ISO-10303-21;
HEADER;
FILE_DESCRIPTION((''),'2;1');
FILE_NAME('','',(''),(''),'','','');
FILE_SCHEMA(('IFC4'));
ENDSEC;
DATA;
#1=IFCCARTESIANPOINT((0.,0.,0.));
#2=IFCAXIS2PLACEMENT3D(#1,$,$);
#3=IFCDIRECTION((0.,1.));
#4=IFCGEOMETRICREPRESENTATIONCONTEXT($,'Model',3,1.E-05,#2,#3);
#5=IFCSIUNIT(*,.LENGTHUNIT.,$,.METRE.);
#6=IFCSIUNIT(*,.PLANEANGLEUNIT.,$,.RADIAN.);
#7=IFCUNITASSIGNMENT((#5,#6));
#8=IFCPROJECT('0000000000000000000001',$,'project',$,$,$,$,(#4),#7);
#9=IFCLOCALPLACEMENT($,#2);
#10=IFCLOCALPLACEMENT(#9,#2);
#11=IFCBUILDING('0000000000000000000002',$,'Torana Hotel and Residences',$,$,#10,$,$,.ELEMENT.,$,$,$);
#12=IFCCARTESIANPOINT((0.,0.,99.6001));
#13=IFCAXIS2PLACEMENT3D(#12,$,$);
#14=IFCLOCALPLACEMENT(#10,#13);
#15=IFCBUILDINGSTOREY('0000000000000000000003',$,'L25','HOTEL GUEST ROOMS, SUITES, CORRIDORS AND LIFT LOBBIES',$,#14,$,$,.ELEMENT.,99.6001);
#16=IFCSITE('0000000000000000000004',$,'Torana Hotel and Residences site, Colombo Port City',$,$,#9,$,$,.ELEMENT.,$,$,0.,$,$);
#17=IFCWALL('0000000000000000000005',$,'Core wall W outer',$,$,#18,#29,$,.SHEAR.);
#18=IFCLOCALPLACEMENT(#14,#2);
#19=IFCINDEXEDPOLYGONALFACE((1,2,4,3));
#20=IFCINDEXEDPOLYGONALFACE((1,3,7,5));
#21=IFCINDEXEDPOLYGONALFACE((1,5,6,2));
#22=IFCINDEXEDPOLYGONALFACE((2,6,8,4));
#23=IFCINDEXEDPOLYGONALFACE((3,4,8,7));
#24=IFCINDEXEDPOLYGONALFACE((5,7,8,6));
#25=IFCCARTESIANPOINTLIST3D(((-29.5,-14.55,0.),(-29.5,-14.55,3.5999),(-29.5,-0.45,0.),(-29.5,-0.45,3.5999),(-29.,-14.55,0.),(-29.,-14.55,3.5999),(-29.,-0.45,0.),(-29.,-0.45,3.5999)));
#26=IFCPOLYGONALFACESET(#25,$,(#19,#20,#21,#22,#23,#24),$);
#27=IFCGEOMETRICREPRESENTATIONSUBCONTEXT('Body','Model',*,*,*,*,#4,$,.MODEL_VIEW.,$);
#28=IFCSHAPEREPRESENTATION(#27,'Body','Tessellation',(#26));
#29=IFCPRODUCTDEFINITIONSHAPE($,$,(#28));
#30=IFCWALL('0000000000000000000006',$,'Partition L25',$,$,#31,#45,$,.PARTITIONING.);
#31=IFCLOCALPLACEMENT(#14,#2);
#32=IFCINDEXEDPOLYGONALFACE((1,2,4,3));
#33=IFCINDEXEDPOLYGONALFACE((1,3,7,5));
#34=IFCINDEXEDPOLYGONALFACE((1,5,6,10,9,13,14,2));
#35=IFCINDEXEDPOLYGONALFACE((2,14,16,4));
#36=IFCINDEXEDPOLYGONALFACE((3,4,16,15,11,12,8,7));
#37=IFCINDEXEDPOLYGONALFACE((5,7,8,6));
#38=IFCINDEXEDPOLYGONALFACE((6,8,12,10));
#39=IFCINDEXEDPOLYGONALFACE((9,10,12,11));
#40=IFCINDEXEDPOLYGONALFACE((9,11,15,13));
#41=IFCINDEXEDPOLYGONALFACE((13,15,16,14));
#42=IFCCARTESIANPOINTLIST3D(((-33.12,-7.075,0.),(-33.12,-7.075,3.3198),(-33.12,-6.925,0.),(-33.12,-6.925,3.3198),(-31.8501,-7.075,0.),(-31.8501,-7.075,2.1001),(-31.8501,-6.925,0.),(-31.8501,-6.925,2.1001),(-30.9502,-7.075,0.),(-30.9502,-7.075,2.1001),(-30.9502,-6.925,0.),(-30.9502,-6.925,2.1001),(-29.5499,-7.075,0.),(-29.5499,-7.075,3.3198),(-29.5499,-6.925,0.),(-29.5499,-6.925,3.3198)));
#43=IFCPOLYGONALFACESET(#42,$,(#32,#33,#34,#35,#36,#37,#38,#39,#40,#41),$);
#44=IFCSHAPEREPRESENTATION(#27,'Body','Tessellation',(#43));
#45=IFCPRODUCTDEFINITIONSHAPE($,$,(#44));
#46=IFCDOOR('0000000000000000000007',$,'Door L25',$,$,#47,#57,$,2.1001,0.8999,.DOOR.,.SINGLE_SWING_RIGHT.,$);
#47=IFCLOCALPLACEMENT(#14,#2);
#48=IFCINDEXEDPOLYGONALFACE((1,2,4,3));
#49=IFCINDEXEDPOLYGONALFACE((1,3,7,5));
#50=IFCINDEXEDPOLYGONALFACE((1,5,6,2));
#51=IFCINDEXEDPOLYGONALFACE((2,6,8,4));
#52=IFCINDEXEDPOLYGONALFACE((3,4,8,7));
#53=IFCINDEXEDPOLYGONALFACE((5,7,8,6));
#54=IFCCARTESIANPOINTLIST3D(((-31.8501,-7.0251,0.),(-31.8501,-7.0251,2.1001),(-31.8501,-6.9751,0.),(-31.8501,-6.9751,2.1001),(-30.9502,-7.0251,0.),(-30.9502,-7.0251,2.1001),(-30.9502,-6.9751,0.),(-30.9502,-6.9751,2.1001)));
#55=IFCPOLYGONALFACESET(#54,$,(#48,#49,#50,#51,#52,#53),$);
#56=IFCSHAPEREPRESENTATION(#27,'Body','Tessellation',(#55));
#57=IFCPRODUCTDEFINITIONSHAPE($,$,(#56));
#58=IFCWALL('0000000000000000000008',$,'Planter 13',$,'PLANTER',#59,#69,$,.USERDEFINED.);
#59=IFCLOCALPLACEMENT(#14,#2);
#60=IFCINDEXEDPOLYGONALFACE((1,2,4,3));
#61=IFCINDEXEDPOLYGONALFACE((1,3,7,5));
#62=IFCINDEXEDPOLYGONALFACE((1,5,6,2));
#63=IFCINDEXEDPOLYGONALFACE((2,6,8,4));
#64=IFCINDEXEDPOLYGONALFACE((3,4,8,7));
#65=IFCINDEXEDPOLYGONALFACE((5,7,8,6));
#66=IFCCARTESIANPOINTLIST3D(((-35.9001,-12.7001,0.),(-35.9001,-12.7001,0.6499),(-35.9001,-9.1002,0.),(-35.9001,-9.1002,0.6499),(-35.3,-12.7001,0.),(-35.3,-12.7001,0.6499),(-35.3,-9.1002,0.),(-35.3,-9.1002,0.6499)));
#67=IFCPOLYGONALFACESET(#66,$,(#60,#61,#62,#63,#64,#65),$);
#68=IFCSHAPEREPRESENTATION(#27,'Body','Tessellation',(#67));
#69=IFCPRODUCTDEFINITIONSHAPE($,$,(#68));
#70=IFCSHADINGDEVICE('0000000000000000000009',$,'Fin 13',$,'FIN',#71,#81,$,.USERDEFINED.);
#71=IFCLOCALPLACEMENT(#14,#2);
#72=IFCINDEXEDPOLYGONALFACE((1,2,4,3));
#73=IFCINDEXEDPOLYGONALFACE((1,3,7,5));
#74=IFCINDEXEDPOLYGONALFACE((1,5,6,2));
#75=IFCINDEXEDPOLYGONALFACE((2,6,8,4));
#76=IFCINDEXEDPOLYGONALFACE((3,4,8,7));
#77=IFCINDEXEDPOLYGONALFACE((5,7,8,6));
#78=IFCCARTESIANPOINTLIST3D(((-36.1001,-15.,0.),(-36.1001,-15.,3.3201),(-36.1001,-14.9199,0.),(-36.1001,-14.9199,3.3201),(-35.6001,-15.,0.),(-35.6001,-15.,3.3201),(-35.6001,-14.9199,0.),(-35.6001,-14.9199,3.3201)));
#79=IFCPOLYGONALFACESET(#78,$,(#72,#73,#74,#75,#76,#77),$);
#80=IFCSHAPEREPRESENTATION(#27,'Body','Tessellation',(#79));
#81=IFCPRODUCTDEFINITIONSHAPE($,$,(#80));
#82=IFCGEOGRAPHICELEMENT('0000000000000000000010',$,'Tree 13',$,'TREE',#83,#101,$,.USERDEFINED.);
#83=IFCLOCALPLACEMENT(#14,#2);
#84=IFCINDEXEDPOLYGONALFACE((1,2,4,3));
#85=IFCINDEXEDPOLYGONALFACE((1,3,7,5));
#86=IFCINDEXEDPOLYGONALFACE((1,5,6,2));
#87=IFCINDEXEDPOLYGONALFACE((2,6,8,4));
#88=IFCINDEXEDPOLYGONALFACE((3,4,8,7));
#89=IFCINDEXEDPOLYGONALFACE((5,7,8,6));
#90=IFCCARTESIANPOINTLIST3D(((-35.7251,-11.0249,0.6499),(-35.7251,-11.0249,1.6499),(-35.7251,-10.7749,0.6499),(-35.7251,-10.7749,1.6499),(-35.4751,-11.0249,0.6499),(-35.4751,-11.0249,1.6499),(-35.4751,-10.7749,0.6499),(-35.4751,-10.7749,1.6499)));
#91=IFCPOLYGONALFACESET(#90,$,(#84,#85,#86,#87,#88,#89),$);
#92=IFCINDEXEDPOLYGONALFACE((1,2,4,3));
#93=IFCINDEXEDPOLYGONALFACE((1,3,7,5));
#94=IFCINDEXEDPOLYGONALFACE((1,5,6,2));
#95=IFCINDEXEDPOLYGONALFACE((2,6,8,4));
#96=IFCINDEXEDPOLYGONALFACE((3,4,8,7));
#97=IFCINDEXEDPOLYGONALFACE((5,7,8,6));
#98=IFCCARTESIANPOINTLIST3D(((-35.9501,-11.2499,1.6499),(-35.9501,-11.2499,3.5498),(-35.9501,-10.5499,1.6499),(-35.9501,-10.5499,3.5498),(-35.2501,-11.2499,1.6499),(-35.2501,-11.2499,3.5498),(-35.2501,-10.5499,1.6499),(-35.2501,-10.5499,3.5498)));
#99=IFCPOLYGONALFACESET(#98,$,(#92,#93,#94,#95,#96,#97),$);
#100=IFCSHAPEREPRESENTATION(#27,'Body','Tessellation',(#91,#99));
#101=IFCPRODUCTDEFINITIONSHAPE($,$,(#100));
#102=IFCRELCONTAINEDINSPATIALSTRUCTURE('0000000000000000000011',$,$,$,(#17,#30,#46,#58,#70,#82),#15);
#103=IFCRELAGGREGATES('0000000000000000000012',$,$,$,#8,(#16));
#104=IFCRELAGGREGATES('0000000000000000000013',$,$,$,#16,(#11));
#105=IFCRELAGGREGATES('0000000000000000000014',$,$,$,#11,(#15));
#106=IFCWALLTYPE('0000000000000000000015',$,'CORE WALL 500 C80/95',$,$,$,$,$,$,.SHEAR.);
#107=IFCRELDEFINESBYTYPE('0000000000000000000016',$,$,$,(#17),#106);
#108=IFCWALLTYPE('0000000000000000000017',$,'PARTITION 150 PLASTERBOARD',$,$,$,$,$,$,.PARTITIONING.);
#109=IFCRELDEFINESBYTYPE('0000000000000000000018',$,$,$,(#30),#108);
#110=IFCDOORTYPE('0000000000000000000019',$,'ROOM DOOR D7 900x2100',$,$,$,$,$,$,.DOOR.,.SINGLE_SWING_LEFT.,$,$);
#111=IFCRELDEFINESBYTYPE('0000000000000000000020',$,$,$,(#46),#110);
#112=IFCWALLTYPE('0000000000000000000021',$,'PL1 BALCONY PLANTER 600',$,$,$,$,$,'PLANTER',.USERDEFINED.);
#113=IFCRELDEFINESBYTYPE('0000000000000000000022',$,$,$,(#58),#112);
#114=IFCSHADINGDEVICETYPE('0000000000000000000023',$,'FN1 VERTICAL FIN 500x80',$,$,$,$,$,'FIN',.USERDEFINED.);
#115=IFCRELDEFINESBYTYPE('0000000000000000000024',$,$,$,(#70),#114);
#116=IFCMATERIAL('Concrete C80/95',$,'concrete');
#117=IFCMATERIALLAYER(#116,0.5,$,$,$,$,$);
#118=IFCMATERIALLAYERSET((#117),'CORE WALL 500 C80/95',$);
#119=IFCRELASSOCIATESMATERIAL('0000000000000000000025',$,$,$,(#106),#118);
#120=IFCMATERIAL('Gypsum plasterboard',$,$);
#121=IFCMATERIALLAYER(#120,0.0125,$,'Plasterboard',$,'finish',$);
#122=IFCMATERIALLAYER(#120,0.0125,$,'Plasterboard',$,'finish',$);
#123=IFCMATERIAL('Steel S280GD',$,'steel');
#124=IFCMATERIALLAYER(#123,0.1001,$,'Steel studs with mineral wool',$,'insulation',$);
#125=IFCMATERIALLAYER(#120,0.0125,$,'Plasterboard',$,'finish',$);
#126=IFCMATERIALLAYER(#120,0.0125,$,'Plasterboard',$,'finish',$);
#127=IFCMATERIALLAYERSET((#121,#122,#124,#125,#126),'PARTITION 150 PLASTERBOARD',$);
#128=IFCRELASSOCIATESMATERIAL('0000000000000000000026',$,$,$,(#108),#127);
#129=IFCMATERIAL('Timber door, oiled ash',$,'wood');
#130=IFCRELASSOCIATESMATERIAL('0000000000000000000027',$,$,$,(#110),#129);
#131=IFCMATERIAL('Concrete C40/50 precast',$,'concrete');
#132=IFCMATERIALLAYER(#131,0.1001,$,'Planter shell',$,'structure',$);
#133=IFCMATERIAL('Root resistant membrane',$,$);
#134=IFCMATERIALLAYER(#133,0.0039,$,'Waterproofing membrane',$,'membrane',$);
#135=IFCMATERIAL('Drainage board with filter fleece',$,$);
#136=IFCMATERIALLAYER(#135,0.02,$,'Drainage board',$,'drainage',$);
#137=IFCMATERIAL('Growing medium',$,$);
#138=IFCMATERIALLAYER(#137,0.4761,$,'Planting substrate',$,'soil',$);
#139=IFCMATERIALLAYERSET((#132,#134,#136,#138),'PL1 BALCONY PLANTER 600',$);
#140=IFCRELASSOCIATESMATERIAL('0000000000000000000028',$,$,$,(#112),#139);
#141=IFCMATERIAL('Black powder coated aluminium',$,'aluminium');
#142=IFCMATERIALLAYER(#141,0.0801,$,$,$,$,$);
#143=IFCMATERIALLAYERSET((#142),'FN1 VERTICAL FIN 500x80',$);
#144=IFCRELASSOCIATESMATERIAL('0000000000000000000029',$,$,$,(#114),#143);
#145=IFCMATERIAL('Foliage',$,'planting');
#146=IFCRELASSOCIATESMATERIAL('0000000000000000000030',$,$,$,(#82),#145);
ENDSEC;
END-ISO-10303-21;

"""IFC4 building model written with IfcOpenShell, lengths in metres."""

from ifc_helpers import new_model, si_unit, direction, frame, frame_2d, origin, origin_2d, place, context, subcontext, project, spatial, rectangle, extrude, material, layer, layer_set, type_object, element, fill, save


model = new_model("IFC4")

# Units and contexts
model_context = context("Model", 3, precision=1e-05, world=origin(), true_north=direction((0.0, 1.0)))
body_context = subcontext(model_context, "Body", "Model", "MODEL_VIEW")
ifc_project = project(units=[si_unit("LENGTHUNIT", "METRE"), si_unit("PLANEANGLEUNIT", "RADIAN")], contexts=[model_context])

# Site, building, storey
site_placement = place(None, origin())
site = spatial("IfcSite", under=ifc_project, at=site_placement, Name="Torana Hotel and Residences site, Colombo Port City", CompositionType="ELEMENT", RefElevation=0.0)
building_placement = place(site_placement, origin())
building = spatial("IfcBuilding", under=site, at=building_placement, Name="Torana Hotel and Residences", CompositionType="ELEMENT")
storey_placement = place(building_placement, frame((0.0, 0.0, 99.6001)))
storey = spatial("IfcBuildingStorey", under=building, at=storey_placement, Name="L25", Description="HOTEL GUEST ROOMS, SUITES, CORRIDORS AND LIFT LOBBIES", CompositionType="ELEMENT", Elevation=99.6001)

# Wall
ifc_material_1 = material(Name="Concrete C80/95", Category="concrete")
ifc_layer_1 = layer(ifc_material_1, 0.5)
ifc_layer_set_1 = layer_set([ifc_layer_1], Name="CORE WALL 500 C80/95")
wall_type_1 = type_object("IfcWallType", Name="CORE WALL 500 C80/95", PredefinedType="SHEAR", material=ifc_layer_set_1)
wall_1_placement = place(storey_placement, frame((-29.25, -14.55, 0.0), z_axis=(0.0, 0.0, 1.0), x_axis=(0.0, 1.0, 0.0)))
element("IfcWall", 1, at=wall_1_placement, inside=storey, type_object=wall_type_1, Name="Core wall W outer", PredefinedType="SHEAR", context=body_context, shape_type="SweptSolid", body=[
    extrude(rectangle(XDim=14.1001, YDim=0.5, at=frame_2d((7.05, 0.0))), origin(), (0.0, 0.0, 1.0), 3.5999),
])

# Wall, opening, door
ifc_material_2 = material(Name="Gypsum plasterboard")
ifc_layer_2 = layer(ifc_material_2, 0.0125, Name="Plasterboard", Category="finish")
ifc_layer_3 = layer(ifc_material_2, 0.0125, Name="Plasterboard", Category="finish")
ifc_material_3 = material(Name="Steel S280GD", Category="steel")
ifc_layer_4 = layer(ifc_material_3, 0.1001, Name="Steel studs with mineral wool", Category="insulation")
ifc_layer_5 = layer(ifc_material_2, 0.0125, Name="Plasterboard", Category="finish")
ifc_layer_6 = layer(ifc_material_2, 0.0125, Name="Plasterboard", Category="finish")
ifc_layer_set_2 = layer_set([ifc_layer_2, ifc_layer_3, ifc_layer_4, ifc_layer_5, ifc_layer_6], Name="PARTITION 150 PLASTERBOARD")
wall_type_2 = type_object("IfcWallType", Name="PARTITION 150 PLASTERBOARD", PredefinedType="PARTITIONING", material=ifc_layer_set_2)
wall_2_placement = place(storey_placement, frame((-33.1201, -7.0, 0.0), z_axis=(0.0, 0.0, 1.0), x_axis=(1.0, 0.0, 0.0)))
wall_2 = element("IfcWall", 2, at=wall_2_placement, inside=storey, type_object=wall_type_2, Name="Partition L25", PredefinedType="PARTITIONING", context=body_context, shape_type="SweptSolid", body=[
    extrude(rectangle(XDim=3.5701, YDim=0.1499, at=frame_2d((1.7852, 0.0))), origin(), (0.0, 0.0, 1.0), 3.3198),
])
opening_1_placement = place(wall_2_placement, frame((1.27, 0.0, 0.0)))
opening_1 = element("IfcOpeningElement", 3, at=opening_1_placement, cuts=wall_2, PredefinedType="OPENING", context=body_context, shape_type="SweptSolid", body=[
    extrude(rectangle(XDim=0.8999, YDim=2.1001, at=frame_2d((0.45, 1.05))), frame((0.0, 0.085, 0.0), z_axis=(0.0, -1.0, 0.0), x_axis=(1.0, 0.0, 0.0)), (0.0, 0.0, 1.0), 0.1699),
])
ifc_material_4 = material(Name="Timber door, oiled ash", Category="wood")
door_type_1 = type_object("IfcDoorType", Name="ROOM DOOR D7 900x2100", OperationType="SINGLE_SWING_LEFT", PredefinedType="DOOR", material=ifc_material_4)
door_1_placement = place(opening_1_placement, origin())
door_1 = element("IfcDoor", 4, at=door_1_placement, inside=storey, type_object=door_type_1, Name="Door L25", OperationType="SINGLE_SWING_RIGHT", OverallHeight=2.1001, OverallWidth=0.8999, PredefinedType="DOOR", context=body_context, shape_type="SweptSolid", body=[
    extrude(rectangle(XDim=0.8999, YDim=2.1001, at=frame_2d((0.45, 1.05))), frame((0.0, 0.0249, 0.0), z_axis=(0.0, -1.0, 0.0), x_axis=(1.0, 0.0, 0.0)), (0.0, 0.0, 1.0), 0.05),
])
fill(opening_1, door_1)

# Wall
ifc_material_5 = material(Name="Concrete C40/50 precast", Category="concrete")
ifc_layer_7 = layer(ifc_material_5, 0.1001, Name="Planter shell", Category="structure")
ifc_material_6 = material(Name="Root resistant membrane")
ifc_layer_8 = layer(ifc_material_6, 0.0039, Name="Waterproofing membrane", Category="membrane")
ifc_material_7 = material(Name="Drainage board with filter fleece")
ifc_layer_9 = layer(ifc_material_7, 0.02, Name="Drainage board", Category="drainage")
ifc_material_8 = material(Name="Growing medium")
ifc_layer_10 = layer(ifc_material_8, 0.4761, Name="Planting substrate", Category="soil")
ifc_layer_set_3 = layer_set([ifc_layer_7, ifc_layer_8, ifc_layer_9, ifc_layer_10], Name="PL1 BALCONY PLANTER 600")
wall_type_3 = type_object("IfcWallType", Name="PL1 BALCONY PLANTER 600", ElementType="PLANTER", PredefinedType="USERDEFINED", material=ifc_layer_set_3)
wall_3_placement = place(storey_placement, frame((-35.6001, -12.7, 0.0), z_axis=(0.0, 0.0, 1.0), x_axis=(0.0, 1.0, 0.0)))
element("IfcWall", 5, at=wall_3_placement, inside=storey, type_object=wall_type_3, Name="Planter 13", ObjectType="PLANTER", PredefinedType="USERDEFINED", context=body_context, shape_type="SweptSolid", body=[
    extrude(rectangle(XDim=3.5999, YDim=0.6001, at=frame_2d((1.7998, 0.0))), origin(), (0.0, 0.0, 1.0), 0.6499),
])

# Shading device
ifc_material_9 = material(Name="Black powder coated aluminium", Category="aluminium")
ifc_layer_11 = layer(ifc_material_9, 0.0801)
ifc_layer_set_4 = layer_set([ifc_layer_11], Name="FN1 VERTICAL FIN 500x80")
shading_device_type = type_object("IfcShadingDeviceType", Name="FN1 VERTICAL FIN 500x80", ElementType="FIN", PredefinedType="USERDEFINED", material=ifc_layer_set_4)
shading_device_placement = place(storey_placement, frame((-35.8501, -14.96, 0.0), z_axis=(0.0, 0.0, 1.0), x_axis=(0.0, 1.0, 0.0)))
element("IfcShadingDevice", 6, at=shading_device_placement, inside=storey, type_object=shading_device_type, Name="Fin 13", ObjectType="FIN", PredefinedType="USERDEFINED", context=body_context, shape_type="SweptSolid", body=[
    extrude(rectangle(XDim=0.0801, YDim=0.5, at=origin_2d()), origin(), (0.0, 0.0, 1.0), 3.3201),
])

# Geographic element
ifc_material_10 = material(Name="Foliage", Category="planting")
geographic_element_placement = place(storey_placement, frame((-35.6001, -10.8999, 0.6499), z_axis=(0.0, 0.0, 1.0), x_axis=(1.0, 0.0, 0.0)))
element("IfcGeographicElement", 7, at=geographic_element_placement, inside=storey, material=ifc_material_10, Name="Tree 13", ObjectType="TREE", PredefinedType="USERDEFINED", context=body_context, shape_type="SweptSolid", body=[
    extrude(rectangle(XDim=0.25, YDim=0.25, at=origin_2d()), origin(), (0.0, 0.0, 1.0), 1.0),
    extrude(rectangle(XDim=0.7, YDim=0.7, at=origin_2d()), frame((0.0, 0.0, 1.0)), (0.0, 0.0, 1.0), 1.8999),
])

save(model, "model.ifc")
